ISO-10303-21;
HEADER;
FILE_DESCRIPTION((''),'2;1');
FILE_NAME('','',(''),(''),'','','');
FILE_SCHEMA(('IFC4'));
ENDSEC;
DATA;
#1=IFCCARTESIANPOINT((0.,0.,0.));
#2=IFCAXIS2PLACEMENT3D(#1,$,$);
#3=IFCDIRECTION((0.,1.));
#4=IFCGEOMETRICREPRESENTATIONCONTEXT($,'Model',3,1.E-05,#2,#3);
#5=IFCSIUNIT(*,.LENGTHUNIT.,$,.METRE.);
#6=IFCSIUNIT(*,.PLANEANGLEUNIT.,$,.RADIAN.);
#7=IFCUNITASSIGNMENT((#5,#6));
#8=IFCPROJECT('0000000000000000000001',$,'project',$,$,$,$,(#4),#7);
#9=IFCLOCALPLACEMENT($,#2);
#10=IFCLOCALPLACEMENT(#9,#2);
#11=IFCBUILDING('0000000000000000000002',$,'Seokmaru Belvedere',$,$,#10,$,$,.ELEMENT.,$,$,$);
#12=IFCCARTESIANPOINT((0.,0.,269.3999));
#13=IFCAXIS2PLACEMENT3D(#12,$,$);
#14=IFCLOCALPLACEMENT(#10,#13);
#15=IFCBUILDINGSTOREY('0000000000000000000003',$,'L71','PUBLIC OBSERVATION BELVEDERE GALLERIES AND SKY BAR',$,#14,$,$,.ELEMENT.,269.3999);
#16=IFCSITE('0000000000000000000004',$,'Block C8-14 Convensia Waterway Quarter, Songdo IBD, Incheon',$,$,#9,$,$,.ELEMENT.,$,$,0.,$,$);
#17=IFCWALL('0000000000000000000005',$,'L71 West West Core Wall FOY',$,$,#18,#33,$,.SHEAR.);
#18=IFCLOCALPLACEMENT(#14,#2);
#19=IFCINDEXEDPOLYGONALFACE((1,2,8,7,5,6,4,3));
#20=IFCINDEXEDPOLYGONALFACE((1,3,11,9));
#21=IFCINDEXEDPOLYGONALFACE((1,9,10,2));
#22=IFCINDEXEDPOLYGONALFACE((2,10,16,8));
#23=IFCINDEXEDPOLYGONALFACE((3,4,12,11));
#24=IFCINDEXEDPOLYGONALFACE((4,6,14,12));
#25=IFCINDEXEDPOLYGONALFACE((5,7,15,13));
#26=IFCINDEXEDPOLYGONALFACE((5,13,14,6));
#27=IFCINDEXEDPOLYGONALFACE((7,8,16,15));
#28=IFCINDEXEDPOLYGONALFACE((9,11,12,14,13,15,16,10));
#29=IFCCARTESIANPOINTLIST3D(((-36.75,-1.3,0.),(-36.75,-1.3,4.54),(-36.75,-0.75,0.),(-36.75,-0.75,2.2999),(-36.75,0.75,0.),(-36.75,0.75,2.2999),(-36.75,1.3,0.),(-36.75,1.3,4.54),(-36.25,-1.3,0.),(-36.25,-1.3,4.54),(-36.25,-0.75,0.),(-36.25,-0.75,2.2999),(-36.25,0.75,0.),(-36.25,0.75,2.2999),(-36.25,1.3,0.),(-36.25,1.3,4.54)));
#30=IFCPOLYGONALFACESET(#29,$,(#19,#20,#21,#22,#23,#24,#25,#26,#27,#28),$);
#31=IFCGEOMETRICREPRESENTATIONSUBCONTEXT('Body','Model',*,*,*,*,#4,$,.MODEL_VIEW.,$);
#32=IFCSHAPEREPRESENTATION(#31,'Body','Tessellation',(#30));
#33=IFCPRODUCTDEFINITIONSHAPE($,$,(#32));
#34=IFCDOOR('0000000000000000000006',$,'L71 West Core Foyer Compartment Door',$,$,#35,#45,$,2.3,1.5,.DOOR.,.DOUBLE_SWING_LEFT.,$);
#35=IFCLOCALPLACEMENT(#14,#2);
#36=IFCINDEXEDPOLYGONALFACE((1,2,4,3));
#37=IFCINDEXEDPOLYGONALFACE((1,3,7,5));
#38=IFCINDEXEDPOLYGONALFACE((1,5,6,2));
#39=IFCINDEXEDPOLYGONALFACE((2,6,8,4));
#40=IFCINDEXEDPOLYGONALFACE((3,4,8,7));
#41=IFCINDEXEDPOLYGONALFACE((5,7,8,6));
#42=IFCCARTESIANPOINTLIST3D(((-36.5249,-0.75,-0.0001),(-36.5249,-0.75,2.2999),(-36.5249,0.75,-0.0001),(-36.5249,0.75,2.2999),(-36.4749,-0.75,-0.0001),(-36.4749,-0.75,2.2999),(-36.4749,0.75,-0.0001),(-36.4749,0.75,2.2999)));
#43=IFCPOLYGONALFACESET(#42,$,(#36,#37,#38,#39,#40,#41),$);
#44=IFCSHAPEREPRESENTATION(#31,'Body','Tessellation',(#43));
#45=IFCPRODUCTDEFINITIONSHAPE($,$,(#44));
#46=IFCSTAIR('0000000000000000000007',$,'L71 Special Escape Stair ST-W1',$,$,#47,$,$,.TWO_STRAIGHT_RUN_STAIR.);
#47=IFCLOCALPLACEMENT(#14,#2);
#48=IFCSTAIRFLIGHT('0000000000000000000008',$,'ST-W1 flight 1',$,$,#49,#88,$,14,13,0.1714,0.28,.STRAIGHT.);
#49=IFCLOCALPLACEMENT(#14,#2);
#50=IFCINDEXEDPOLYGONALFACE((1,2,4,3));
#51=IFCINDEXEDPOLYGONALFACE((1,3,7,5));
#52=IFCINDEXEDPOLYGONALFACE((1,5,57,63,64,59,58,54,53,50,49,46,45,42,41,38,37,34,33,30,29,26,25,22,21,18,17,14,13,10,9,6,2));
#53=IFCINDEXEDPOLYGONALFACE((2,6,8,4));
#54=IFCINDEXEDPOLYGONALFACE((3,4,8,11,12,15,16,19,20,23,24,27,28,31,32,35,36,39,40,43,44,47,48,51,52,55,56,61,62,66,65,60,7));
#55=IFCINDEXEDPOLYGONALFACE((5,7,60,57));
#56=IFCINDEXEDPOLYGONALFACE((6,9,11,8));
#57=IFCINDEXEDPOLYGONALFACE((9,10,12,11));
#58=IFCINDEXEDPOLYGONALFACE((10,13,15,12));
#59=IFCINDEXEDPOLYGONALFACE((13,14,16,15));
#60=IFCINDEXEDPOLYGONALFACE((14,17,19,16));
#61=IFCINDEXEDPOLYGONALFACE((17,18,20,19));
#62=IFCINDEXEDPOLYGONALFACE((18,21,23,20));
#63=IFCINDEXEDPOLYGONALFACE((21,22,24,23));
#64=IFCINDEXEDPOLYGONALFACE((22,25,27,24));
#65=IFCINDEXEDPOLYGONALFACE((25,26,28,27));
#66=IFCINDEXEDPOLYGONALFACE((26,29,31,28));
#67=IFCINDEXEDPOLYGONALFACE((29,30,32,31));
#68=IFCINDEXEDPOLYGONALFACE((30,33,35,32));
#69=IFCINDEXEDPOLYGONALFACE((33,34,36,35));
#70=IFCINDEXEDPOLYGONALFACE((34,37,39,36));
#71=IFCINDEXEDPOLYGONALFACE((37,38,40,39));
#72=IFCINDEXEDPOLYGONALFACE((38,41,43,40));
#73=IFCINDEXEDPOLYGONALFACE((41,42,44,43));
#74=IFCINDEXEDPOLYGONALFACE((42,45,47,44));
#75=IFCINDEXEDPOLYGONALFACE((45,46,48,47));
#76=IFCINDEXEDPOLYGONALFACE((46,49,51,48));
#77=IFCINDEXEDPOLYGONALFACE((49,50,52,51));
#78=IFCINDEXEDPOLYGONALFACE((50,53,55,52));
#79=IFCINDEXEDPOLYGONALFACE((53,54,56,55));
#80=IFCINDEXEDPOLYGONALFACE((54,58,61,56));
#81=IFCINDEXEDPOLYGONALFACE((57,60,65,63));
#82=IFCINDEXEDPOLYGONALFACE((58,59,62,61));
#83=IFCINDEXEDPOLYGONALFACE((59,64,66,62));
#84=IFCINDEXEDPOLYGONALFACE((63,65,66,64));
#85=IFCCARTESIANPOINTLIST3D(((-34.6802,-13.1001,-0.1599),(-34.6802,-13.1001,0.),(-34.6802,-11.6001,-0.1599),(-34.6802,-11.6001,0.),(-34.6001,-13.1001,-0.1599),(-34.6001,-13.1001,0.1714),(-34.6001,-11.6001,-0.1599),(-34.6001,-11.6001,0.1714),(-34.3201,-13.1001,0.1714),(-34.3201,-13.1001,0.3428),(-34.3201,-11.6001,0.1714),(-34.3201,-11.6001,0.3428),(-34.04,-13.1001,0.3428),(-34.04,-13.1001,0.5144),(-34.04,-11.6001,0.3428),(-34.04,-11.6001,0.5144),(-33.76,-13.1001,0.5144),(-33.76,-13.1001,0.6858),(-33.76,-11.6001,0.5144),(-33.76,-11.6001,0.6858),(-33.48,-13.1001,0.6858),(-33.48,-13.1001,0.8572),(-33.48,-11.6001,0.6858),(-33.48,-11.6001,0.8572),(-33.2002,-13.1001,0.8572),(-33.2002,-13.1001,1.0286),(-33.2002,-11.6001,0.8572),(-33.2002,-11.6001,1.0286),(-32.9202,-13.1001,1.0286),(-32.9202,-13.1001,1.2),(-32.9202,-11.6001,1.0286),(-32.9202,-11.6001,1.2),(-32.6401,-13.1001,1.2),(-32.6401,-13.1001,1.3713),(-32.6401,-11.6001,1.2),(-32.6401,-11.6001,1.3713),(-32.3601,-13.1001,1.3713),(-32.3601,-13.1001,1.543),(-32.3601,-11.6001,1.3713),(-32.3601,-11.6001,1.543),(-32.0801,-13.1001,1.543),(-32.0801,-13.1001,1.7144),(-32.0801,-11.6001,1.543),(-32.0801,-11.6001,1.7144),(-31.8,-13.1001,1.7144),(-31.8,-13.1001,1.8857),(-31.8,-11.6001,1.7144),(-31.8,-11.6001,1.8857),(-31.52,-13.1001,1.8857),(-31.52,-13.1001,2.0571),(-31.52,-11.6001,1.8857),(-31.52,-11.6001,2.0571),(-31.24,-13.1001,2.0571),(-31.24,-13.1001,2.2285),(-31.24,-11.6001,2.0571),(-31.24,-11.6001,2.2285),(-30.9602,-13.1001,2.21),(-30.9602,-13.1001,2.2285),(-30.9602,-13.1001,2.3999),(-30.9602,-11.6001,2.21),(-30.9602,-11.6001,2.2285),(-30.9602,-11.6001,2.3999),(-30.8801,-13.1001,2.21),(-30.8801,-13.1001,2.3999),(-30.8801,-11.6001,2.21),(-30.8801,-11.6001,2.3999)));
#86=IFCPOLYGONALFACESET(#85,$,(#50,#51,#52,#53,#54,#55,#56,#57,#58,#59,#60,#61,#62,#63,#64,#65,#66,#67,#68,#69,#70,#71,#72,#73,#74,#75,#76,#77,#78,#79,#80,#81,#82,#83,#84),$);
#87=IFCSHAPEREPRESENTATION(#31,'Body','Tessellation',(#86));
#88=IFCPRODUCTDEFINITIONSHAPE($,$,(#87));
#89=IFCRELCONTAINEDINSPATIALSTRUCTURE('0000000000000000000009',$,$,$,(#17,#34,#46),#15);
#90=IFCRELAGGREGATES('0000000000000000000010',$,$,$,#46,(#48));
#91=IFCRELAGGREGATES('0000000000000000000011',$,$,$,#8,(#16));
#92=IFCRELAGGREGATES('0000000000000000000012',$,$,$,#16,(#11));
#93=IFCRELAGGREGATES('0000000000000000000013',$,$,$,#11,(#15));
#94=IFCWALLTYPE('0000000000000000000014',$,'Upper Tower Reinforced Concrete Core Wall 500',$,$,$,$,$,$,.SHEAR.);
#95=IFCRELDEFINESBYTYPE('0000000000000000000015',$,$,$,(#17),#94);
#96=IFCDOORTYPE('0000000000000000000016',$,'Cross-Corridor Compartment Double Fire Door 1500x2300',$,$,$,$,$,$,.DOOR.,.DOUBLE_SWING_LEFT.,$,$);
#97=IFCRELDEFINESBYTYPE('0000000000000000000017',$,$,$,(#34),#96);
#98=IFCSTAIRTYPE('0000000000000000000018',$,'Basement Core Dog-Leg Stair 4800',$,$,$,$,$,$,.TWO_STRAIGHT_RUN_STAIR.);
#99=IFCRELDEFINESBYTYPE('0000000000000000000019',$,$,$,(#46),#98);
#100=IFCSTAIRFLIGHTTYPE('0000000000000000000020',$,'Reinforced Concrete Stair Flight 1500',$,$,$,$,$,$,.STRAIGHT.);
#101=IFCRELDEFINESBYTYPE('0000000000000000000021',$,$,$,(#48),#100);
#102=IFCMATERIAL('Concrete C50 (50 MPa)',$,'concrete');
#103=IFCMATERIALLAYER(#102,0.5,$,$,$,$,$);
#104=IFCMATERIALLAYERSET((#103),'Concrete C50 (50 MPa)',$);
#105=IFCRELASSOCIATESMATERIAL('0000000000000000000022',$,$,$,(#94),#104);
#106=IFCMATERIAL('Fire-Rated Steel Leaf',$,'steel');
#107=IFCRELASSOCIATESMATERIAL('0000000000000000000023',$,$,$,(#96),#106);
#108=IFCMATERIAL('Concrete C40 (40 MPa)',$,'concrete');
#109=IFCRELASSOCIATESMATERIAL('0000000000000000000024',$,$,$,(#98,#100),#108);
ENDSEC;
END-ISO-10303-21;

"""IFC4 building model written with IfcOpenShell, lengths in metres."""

from ifc_helpers import new_model, si_unit, direction, frame, frame_2d, origin, place, context, subcontext, project, spatial, polyline, rectangle, outline, extrude, source, transform, mapped, material, layer, layer_set, type_object, type_shapes, element, fill, aggregate, save


model = new_model("IFC4")

# Units and contexts
model_context = context("Model", 3, precision=1e-05, world=origin(), true_north=direction((0.0, 1.0)))
body_context = subcontext(model_context, "Body", "Model", "MODEL_VIEW")
ifc_project = project(units=[si_unit("LENGTHUNIT", "METRE"), si_unit("PLANEANGLEUNIT", "RADIAN")], contexts=[model_context])

# Site, building, storey
site_placement = place(None, origin())
site = spatial("IfcSite", under=ifc_project, at=site_placement, Name="Block C8-14 Convensia Waterway Quarter, Songdo IBD, Incheon", CompositionType="ELEMENT", RefElevation=0.0)
building_placement = place(site_placement, origin())
building = spatial("IfcBuilding", under=site, at=building_placement, Name="Seokmaru Belvedere", CompositionType="ELEMENT")
storey_placement = place(building_placement, frame((0.0, 0.0, 269.3999)))
storey = spatial("IfcBuildingStorey", under=building, at=storey_placement, Name="L71", Description="PUBLIC OBSERVATION BELVEDERE GALLERIES AND SKY BAR", CompositionType="ELEMENT", Elevation=269.3999)

# Shared definitions
ifc_material_1 = material(Name="Fire-Rated Steel Leaf", Category="steel")

# Shared definitions
ifc_material_2 = material(Name="Concrete C50 (50 MPa)", Category="concrete")

# Shared definitions
ifc_layer_1 = layer(ifc_material_2, 0.5)
ifc_layer_set_1 = layer_set([ifc_layer_1], Name="Concrete C50 (50 MPa)")
wall_type_1 = type_object("IfcWallType", Name="Upper Tower Reinforced Concrete Core Wall 500", PredefinedType="SHEAR", material=ifc_layer_set_1)

# Wall, opening, door
wall_1_placement = place(storey_placement, frame((-36.5, -1.3, 0.0), z_axis=(0.0, 0.0, 1.0), x_axis=(0.0, 1.0, 0.0)))
wall_1 = element("IfcWall", 1, at=wall_1_placement, inside=storey, type_object=wall_type_1, Name="L71 West West Core Wall FOY", PredefinedType="SHEAR", context=body_context, shape_type="SweptSolid", body=[
    extrude(rectangle(XDim=2.6001, YDim=0.5, at=frame_2d((1.3, 0.0))), origin(), (0.0, 0.0, 1.0), 4.54),
])
opening_1_placement = place(wall_1_placement, frame((0.55, 0.0, 0.0)))
opening_1 = element("IfcOpeningElement", 2, at=opening_1_placement, cuts=wall_1, PredefinedType="OPENING", context=body_context, shape_type="SweptSolid", body=[
    extrude(rectangle(XDim=1.5, YDim=2.3, at=frame_2d((0.75, 1.1499))), frame((0.0, 0.26, 0.0), z_axis=(0.0, -1.0, 0.0), x_axis=(1.0, 0.0, 0.0)), (0.0, 0.0, 1.0), 0.52),
])
door_type_1 = type_object("IfcDoorType", Name="Cross-Corridor Compartment Double Fire Door 1500x2300", OperationType="DOUBLE_SWING_LEFT", PredefinedType="DOOR", material=ifc_material_1)
shared_shape_1 = source(origin(), body_context, "Body", "SweptSolid", [
    extrude(rectangle(XDim=1.5, YDim=2.3, at=frame_2d((0.75, 1.1499))), frame((0.0, 0.0249, 0.0), z_axis=(0.0, -1.0, 0.0), x_axis=(1.0, 0.0, 0.0)), (0.0, 0.0, 1.0), 0.05),
])
type_shapes(door_type_1, [shared_shape_1])
door_1_placement = place(opening_1_placement, origin())
door_1 = element("IfcDoor", 3, at=door_1_placement, inside=storey, type_object=door_type_1, Name="L71 West Core Foyer Compartment Door", OperationType="DOUBLE_SWING_LEFT", OverallHeight=2.3, OverallWidth=1.5, PredefinedType="DOOR", context=body_context, shape_type="MappedRepresentation", body=[
    mapped(shared_shape_1, transform((0.0, 0.0, 0.0), scale=1.0)),
])
fill(opening_1, door_1)

# Stair, stair flight
ifc_material_3 = material(Name="Concrete C40 (40 MPa)", Category="concrete")
stair_type = type_object("IfcStairType", Name="Basement Core Dog-Leg Stair 4800", PredefinedType="TWO_STRAIGHT_RUN_STAIR", material=ifc_material_3)
stair_placement = place(storey_placement, origin())
stair = element("IfcStair", 4, at=stair_placement, inside=storey, type_object=stair_type, Name="L71 Special Escape Stair ST-W1", PredefinedType="TWO_STRAIGHT_RUN_STAIR")
stair_flight_type = type_object("IfcStairFlightType", Name="Reinforced Concrete Stair Flight 1500", PredefinedType="STRAIGHT", material=ifc_material_3)
stair_flight_placement = place(storey_placement, frame((-34.6001, -12.3501, 0.0), z_axis=(0.0, 0.0, 1.0), x_axis=(1.0, 0.0, 0.0)))
stair_flight = element("IfcStairFlight", 5, at=stair_flight_placement, type_object=stair_flight_type, Name="ST-W1 flight 1", NumberOfRisers=14, NumberOfTreads=13, PredefinedType="STRAIGHT", RiserHeight=0.1714, TreadLength=0.28, context=body_context, shape_type="SweptSolid", body=[
    extrude(outline(polyline([(-0.0801, 0.0), (0.0, 0.1714), (0.28, 0.1714), (0.28, 0.3428), (0.5601, 0.3428), (0.5601, 0.5144), (0.8401, 0.5144), (0.8401, 0.6858), (1.1201, 0.6858), (1.1201, 0.8572), (1.3999, 0.8572), (1.3999, 1.0286), (1.6799, 1.0286), (1.6799, 1.2), (1.96, 1.2), (1.96, 1.3713), (2.24, 1.3713), (2.24, 1.543), (2.52, 1.543), (2.52, 1.7144), (2.8, 1.7144), (2.8, 1.8857), (3.0801, 1.8857), (3.0801, 2.0571), (3.3601, 2.0571), (3.3601, 2.2285), (3.6399, 2.2285), (3.6399, 2.3999), (3.72, 2.3999), (3.72, 2.21), (3.6399, 2.21), (0.0, -0.1599), (-0.0801, -0.1599), (-0.0801, 0.0)])), frame((0.0, 0.75, 0.0), z_axis=(0.0, -1.0, 0.0), x_axis=(1.0, 0.0, 0.0)), (0.0, 0.0, 1.0), 1.5),
])
aggregate(stair, [stair_flight])

save(model, "model.ifc")
